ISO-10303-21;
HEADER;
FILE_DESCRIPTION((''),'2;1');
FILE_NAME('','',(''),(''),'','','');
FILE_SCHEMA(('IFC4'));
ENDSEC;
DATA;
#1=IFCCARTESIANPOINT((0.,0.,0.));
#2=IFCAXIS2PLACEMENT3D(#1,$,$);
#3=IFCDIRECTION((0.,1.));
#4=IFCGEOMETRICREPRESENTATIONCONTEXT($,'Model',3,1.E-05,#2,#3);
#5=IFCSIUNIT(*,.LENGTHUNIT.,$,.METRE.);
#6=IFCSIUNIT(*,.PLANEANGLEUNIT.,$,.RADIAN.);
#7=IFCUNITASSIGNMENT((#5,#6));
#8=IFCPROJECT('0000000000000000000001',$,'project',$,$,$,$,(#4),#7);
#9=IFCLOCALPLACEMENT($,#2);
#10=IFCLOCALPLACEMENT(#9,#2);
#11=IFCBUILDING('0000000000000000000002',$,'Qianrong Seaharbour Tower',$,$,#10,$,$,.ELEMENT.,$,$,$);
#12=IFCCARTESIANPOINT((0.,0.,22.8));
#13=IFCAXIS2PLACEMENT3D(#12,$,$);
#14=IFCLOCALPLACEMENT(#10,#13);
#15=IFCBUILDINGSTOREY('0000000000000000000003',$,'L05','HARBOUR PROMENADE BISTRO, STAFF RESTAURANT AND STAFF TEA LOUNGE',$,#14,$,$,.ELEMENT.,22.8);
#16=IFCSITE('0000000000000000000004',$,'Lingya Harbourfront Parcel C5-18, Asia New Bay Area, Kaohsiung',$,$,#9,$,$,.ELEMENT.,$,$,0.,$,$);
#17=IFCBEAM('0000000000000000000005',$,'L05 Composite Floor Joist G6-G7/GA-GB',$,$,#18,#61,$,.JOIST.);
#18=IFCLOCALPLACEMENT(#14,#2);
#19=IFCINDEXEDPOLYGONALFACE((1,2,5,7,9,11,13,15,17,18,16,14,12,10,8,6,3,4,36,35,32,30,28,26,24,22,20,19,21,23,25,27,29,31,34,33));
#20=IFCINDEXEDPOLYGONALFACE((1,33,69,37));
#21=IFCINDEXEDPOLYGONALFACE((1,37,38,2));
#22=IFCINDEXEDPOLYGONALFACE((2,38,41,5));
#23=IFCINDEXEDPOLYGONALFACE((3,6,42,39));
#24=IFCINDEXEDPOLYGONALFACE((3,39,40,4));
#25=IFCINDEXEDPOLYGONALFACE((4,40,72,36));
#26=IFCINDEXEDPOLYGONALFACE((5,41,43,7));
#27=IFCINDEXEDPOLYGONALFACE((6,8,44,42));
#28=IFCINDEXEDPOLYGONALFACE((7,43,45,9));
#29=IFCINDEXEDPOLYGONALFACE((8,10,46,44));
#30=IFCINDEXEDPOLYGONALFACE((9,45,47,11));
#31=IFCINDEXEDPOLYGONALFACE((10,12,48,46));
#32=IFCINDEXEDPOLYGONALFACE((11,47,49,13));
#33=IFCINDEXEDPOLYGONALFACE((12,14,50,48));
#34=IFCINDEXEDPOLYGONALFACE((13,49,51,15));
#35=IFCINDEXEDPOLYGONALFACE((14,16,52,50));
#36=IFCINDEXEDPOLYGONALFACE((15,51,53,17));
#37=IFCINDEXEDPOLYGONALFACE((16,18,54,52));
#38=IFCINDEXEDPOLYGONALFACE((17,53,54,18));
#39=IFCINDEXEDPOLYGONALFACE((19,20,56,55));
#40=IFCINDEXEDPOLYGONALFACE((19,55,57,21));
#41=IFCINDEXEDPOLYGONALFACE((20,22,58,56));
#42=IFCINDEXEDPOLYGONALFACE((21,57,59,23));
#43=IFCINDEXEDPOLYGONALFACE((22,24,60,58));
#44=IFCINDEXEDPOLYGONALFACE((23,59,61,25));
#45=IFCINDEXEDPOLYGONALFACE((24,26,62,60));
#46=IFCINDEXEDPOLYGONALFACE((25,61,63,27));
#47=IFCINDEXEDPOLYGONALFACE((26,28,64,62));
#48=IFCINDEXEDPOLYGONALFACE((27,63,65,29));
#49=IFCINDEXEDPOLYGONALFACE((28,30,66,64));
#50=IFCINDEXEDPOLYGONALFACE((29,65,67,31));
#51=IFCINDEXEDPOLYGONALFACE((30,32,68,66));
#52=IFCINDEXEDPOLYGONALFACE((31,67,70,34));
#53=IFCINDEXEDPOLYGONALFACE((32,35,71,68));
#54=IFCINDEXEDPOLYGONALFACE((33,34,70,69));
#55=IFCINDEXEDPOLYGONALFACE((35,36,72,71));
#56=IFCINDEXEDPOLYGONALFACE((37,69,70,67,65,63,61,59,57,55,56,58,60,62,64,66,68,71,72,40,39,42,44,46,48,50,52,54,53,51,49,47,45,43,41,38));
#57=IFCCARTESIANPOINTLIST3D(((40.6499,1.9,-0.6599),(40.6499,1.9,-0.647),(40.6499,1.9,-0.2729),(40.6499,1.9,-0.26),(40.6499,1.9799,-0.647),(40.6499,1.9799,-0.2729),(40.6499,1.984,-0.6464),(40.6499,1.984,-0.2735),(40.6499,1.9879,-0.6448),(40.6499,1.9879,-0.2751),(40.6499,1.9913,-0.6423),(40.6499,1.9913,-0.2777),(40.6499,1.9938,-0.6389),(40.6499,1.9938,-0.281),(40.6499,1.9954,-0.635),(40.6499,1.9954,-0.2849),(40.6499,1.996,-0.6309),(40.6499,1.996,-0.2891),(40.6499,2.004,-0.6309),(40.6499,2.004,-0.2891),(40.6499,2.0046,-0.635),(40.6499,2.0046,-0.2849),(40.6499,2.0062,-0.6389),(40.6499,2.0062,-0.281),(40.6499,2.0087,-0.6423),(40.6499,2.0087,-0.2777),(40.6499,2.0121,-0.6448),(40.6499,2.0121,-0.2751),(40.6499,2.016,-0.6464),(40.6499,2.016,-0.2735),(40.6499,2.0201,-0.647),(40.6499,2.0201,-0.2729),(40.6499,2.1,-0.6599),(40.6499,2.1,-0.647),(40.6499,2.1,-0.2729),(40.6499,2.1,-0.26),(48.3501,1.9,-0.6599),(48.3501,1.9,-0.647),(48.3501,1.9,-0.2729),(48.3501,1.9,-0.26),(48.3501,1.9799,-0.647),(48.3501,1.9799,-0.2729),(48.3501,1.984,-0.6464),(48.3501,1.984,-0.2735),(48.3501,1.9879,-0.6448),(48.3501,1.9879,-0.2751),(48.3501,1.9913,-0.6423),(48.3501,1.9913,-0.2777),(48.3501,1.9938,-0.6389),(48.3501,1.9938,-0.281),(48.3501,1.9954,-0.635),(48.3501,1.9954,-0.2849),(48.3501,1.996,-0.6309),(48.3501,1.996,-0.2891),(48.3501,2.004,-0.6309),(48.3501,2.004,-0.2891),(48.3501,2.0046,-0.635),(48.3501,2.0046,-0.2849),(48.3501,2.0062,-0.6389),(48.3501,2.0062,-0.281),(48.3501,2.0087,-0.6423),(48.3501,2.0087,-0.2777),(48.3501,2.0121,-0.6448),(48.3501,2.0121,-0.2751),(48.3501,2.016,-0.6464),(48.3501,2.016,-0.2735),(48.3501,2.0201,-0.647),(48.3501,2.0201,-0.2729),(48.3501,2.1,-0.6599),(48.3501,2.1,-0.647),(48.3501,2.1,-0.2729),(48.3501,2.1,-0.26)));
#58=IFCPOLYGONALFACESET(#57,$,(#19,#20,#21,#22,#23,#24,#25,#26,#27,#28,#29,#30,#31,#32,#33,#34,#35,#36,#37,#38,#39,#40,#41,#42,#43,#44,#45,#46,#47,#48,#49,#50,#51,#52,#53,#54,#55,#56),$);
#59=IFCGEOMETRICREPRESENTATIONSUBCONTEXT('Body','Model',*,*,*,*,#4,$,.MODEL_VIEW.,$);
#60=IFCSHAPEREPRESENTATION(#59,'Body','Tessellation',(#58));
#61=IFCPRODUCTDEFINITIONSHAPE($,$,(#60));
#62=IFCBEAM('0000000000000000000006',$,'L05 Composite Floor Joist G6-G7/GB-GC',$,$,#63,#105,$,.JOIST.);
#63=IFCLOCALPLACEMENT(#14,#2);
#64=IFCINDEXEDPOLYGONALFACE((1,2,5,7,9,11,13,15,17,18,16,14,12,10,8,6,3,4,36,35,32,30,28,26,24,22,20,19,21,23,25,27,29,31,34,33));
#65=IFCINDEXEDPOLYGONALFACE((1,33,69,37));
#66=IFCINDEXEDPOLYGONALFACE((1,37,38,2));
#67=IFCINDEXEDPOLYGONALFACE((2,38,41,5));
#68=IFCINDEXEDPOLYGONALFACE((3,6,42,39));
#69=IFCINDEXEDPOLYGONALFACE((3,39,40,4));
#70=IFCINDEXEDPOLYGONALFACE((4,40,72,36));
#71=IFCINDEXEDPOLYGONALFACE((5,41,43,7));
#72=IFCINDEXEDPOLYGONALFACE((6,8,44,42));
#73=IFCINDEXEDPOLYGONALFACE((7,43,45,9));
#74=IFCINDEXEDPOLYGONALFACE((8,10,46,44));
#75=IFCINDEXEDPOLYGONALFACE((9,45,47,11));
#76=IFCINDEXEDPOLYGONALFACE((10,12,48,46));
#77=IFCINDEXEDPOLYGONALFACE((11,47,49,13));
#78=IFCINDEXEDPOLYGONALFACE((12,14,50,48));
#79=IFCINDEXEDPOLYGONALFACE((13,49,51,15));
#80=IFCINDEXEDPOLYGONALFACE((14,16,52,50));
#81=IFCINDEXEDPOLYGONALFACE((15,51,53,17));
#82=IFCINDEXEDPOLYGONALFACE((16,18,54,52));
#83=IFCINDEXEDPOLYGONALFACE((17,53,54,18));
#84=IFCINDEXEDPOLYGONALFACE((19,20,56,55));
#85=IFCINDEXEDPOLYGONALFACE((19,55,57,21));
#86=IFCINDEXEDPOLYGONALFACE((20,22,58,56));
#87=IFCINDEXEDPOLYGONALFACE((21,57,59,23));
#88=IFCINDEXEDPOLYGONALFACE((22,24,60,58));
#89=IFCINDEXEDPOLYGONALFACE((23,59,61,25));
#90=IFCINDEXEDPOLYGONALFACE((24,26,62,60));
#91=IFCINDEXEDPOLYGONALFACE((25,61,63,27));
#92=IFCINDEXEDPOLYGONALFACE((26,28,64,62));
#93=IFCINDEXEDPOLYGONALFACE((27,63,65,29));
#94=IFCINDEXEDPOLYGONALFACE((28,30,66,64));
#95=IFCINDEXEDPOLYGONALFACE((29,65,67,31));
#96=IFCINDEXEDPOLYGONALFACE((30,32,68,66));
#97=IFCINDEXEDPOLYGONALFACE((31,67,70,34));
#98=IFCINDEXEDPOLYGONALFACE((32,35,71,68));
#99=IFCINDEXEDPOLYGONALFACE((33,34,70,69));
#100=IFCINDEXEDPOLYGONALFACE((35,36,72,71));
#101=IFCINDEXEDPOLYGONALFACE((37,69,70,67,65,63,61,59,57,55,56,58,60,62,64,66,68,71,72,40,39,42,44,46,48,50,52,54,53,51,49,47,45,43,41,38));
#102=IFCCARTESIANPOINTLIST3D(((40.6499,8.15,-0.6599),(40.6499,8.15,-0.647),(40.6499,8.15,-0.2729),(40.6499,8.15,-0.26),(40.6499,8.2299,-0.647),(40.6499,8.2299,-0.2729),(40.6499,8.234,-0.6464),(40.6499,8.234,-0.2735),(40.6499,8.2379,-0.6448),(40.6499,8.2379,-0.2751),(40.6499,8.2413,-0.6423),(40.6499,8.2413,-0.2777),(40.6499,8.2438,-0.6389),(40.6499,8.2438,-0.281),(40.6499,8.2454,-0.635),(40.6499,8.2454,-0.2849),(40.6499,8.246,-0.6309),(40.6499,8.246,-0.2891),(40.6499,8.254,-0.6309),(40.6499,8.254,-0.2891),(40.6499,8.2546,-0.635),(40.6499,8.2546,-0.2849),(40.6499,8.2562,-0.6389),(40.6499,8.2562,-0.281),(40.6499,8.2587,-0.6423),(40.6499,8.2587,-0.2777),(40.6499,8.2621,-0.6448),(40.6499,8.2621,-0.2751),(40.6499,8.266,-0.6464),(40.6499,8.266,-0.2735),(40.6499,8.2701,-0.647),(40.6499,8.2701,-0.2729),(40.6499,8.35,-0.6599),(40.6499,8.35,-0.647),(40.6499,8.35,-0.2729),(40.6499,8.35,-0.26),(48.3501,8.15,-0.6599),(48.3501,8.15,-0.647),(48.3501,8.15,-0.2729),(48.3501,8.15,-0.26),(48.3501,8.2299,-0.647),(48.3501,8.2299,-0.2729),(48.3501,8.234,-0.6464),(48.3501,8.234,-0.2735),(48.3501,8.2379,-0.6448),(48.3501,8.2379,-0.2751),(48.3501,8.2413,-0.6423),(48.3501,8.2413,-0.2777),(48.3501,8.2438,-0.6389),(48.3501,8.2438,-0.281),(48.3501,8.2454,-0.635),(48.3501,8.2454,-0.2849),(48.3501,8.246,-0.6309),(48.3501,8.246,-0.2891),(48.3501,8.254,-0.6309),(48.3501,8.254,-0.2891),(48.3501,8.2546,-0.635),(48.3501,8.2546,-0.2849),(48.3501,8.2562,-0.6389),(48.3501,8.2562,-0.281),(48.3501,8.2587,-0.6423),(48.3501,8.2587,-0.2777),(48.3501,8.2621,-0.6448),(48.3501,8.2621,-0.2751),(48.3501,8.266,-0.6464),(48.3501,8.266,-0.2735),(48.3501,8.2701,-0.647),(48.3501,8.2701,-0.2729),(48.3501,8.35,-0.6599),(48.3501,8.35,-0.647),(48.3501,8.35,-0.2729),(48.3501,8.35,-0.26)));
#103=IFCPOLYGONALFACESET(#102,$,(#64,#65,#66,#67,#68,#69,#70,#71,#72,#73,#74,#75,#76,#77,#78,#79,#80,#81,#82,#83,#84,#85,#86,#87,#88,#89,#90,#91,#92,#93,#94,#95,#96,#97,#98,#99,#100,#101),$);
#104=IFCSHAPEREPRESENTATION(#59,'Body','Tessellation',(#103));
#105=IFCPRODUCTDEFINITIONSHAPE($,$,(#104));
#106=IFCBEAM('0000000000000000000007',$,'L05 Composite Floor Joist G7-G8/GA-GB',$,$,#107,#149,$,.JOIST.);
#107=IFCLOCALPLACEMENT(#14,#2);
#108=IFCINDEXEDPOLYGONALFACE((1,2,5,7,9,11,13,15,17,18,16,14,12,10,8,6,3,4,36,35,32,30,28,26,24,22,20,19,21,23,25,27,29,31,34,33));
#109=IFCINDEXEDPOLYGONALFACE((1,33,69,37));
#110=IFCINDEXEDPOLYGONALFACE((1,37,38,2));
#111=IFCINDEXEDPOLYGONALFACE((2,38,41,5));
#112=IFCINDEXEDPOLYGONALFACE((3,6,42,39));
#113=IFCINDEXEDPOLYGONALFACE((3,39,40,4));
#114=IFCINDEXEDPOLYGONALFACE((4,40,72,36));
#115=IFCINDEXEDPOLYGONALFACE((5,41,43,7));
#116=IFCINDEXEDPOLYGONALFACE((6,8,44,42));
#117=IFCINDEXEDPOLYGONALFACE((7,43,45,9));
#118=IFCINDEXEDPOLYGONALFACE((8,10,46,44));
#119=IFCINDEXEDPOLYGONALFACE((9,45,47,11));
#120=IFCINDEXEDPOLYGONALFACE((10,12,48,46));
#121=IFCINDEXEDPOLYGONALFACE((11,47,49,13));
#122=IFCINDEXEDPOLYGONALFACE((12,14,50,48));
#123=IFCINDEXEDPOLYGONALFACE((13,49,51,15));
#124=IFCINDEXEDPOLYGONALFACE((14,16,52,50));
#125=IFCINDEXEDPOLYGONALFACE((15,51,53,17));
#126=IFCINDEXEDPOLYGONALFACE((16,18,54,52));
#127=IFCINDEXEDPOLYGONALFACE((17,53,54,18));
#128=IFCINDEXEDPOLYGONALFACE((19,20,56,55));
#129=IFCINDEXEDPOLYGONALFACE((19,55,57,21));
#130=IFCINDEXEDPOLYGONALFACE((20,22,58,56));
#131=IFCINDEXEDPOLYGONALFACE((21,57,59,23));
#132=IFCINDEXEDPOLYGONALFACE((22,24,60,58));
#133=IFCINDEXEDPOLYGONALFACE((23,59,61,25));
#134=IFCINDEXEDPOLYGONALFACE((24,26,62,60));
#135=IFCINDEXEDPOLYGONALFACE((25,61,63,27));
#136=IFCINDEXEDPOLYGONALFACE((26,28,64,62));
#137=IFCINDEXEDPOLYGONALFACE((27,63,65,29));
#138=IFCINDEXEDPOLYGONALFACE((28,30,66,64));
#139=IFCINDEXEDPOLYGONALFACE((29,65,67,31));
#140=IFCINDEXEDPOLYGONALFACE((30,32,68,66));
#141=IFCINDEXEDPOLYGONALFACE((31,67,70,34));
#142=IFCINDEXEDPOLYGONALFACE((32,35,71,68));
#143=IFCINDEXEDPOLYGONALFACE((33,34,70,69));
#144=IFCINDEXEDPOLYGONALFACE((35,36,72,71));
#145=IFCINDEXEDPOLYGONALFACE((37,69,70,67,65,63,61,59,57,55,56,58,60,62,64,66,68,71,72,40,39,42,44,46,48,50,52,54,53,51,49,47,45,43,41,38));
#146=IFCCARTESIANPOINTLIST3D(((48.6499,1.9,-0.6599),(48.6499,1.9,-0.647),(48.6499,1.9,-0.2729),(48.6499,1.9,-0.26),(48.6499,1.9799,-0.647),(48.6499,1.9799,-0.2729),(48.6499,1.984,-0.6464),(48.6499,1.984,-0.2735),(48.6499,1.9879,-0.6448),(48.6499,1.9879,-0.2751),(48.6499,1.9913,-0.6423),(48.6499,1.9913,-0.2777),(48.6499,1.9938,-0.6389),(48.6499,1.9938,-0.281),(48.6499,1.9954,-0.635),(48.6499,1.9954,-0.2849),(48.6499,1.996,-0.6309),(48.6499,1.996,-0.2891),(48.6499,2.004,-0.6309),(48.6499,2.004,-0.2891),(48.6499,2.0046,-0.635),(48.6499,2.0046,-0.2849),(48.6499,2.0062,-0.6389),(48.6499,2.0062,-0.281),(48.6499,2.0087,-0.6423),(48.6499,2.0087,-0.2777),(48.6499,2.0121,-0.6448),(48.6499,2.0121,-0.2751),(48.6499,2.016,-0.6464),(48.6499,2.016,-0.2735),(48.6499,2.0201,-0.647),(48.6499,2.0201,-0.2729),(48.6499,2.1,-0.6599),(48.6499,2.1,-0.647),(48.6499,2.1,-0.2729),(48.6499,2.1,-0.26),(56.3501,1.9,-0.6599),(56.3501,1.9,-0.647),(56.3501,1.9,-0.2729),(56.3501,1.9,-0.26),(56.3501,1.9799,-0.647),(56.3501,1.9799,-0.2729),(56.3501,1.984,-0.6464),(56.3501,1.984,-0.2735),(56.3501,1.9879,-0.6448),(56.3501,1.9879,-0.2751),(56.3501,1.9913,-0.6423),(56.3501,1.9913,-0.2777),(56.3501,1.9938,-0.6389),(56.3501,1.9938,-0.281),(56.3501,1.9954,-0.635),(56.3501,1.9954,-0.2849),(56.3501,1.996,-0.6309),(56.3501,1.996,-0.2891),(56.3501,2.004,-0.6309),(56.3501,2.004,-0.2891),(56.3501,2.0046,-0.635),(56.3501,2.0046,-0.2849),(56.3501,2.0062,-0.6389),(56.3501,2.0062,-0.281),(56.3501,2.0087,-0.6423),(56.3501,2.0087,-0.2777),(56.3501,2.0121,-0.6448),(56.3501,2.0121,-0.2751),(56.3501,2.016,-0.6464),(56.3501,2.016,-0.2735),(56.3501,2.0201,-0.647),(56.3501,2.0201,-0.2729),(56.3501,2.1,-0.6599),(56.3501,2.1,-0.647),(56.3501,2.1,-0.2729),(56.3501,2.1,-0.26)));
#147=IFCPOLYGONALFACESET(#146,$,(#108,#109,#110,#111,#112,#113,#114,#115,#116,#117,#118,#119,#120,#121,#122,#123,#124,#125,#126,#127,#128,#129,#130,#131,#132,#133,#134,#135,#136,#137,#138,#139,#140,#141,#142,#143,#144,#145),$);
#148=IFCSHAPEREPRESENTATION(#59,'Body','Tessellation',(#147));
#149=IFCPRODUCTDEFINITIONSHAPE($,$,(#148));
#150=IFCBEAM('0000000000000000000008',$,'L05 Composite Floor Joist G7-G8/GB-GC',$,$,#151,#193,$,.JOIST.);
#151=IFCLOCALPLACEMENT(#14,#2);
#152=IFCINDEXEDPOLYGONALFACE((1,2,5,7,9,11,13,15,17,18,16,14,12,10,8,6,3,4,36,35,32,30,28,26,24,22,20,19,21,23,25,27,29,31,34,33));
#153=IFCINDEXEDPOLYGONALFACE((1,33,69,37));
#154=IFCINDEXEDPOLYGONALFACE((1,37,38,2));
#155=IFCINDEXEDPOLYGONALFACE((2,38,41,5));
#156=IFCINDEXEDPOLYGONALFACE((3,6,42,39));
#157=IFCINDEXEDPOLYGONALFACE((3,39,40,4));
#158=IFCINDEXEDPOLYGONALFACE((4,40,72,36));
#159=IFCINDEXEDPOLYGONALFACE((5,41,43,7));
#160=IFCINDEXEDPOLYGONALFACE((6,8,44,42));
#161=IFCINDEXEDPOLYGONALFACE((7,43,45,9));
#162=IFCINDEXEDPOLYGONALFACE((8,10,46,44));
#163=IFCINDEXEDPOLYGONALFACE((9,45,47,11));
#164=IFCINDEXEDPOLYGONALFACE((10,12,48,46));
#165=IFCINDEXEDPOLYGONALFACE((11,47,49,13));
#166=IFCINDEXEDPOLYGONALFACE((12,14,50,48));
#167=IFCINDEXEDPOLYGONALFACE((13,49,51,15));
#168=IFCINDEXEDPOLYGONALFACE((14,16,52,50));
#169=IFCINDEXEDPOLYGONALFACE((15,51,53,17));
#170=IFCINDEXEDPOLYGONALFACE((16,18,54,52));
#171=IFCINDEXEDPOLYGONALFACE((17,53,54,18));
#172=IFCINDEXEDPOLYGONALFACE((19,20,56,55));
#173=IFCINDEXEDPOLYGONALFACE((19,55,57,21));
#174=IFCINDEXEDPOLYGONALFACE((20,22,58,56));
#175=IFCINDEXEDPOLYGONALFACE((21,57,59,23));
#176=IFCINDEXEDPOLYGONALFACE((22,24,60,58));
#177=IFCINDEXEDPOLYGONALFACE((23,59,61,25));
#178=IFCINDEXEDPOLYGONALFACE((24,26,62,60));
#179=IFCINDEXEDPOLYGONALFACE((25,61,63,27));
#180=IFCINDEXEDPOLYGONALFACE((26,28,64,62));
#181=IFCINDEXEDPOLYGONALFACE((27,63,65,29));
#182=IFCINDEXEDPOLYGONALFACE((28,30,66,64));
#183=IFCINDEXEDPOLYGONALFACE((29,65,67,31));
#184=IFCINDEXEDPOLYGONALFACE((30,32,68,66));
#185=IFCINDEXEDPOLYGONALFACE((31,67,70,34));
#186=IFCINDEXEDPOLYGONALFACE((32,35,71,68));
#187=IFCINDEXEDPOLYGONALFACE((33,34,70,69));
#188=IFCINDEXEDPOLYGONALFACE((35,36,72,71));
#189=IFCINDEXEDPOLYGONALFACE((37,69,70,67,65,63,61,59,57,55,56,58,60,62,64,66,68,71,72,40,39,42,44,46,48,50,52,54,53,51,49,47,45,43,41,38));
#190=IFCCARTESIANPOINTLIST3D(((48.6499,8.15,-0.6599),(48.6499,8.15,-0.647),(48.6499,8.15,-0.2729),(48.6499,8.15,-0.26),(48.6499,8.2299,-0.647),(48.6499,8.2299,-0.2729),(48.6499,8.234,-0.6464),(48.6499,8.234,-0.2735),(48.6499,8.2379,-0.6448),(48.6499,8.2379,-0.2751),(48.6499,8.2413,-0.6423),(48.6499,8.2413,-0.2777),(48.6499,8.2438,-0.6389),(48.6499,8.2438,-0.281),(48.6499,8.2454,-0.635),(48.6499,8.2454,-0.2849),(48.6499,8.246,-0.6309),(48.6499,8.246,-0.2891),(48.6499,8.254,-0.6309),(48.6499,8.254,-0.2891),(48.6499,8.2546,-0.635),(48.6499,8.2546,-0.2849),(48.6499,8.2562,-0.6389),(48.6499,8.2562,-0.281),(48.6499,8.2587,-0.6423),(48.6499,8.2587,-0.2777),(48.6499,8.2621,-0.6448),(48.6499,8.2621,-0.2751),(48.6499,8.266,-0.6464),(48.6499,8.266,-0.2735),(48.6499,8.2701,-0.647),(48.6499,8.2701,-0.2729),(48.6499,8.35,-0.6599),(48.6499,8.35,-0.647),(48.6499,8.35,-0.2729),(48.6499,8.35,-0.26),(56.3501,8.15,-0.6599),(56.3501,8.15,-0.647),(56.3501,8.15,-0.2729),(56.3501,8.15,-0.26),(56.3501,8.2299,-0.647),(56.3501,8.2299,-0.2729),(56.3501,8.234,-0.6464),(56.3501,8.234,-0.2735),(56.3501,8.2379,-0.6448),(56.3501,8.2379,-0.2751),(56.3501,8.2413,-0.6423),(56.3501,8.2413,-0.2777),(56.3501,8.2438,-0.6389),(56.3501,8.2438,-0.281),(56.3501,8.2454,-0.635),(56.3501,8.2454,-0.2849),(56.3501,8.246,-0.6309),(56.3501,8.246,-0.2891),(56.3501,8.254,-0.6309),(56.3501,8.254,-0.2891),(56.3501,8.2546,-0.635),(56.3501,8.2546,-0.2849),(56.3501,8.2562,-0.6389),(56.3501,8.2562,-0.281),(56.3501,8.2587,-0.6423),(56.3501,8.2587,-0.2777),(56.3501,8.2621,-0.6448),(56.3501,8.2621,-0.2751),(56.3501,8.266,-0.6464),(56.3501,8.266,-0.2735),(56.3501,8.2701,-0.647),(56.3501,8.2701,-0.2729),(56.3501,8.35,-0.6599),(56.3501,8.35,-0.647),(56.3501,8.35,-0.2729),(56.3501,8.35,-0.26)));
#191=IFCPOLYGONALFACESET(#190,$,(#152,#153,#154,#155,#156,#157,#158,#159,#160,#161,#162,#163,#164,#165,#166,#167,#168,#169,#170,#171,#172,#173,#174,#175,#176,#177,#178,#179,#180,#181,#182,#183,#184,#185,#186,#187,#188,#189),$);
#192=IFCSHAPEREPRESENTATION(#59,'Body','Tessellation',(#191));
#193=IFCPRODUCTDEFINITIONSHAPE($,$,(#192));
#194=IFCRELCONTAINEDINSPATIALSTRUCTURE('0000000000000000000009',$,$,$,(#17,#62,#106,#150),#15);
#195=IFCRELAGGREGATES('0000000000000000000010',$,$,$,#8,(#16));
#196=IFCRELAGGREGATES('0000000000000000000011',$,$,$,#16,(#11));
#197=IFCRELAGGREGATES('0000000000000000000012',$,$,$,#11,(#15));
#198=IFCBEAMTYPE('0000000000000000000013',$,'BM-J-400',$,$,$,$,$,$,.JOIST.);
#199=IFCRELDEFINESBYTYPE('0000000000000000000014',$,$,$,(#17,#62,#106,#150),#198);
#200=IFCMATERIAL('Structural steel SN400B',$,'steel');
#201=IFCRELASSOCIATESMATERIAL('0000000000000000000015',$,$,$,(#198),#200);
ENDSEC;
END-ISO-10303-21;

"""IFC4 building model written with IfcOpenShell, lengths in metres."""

from ifc_helpers import new_model, si_unit, direction, frame, origin, origin_2d, place, context, subcontext, project, spatial, i_section, extrude, material, material_profile, profile_set, type_object, element, save


model = new_model("IFC4")

# Units and contexts
model_context = context("Model", 3, precision=1e-05, world=origin(), true_north=direction((0.0, 1.0)))
body_context = subcontext(model_context, "Body", "Model", "MODEL_VIEW")
ifc_project = project(units=[si_unit("LENGTHUNIT", "METRE"), si_unit("PLANEANGLEUNIT", "RADIAN")], contexts=[model_context])

# Site, building, storey
site_placement = place(None, origin())
site = spatial("IfcSite", under=ifc_project, at=site_placement, Name="Lingya Harbourfront Parcel C5-18, Asia New Bay Area, Kaohsiung", CompositionType="ELEMENT", RefElevation=0.0)
building_placement = place(site_placement, origin())
building = spatial("IfcBuilding", under=site, at=building_placement, Name="Qianrong Seaharbour Tower", CompositionType="ELEMENT")
storey_placement = place(building_placement, frame((0.0, 0.0, 22.8)))
storey = spatial("IfcBuildingStorey", under=building, at=storey_placement, Name="L05", Description="HARBOUR PROMENADE BISTRO, STAFF RESTAURANT AND STAFF TEA LOUNGE", CompositionType="ELEMENT", Elevation=22.8)

# Beams
ifc_material_1 = material(Name="Structural steel SN400B", Category="steel")
ifc_material_profile_1 = material_profile(ifc_material_1, i_section(OverallWidth=0.2, OverallDepth=0.3999, WebThickness=0.0081, FlangeThickness=0.0129, FilletRadius=0.0161, at=origin_2d()), Name="H400x200x8x13")
ifc_profile_set_1 = profile_set([ifc_material_profile_1], Name="Structural steel SN400B")
beam_type_1 = type_object("IfcBeamType", Name="BM-J-400", PredefinedType="JOIST", material=ifc_profile_set_1)
for number, where, z_axis, x_axis, name in (
    (1, (40.6499, 2.0, -0.46), (1.0, 0.0, 0.0), (0.0, 1.0, 0.0), "L05 Composite Floor Joist G6-G7/GA-GB"),
    (2, (40.6499, 8.25, -0.46), (1.0, 0.0, 0.0), (0.0, 1.0, 0.0), "L05 Composite Floor Joist G6-G7/GB-GC"),
    (3, (48.6499, 2.0, -0.46), (1.0, 0.0, 0.0), (0.0, 1.0, 0.0), "L05 Composite Floor Joist G7-G8/GA-GB"),
    (4, (48.6499, 8.25, -0.46), (1.0, 0.0, 0.0), (0.0, 1.0, 0.0), "L05 Composite Floor Joist G7-G8/GB-GC"),
):
    element("IfcBeam", number, at=place(storey_placement, frame(where, z_axis=z_axis, x_axis=x_axis)), inside=storey, type_object=beam_type_1, Name=name, PredefinedType="JOIST", context=body_context, shape_type="SweptSolid", body=[
        extrude(i_section(OverallWidth=0.2, OverallDepth=0.3999, WebThickness=0.0081, FlangeThickness=0.0129, FilletRadius=0.0161, at=origin_2d()), origin(), (0.0, 0.0, 1.0), 7.7002),
    ])

save(model, "model.ifc")
